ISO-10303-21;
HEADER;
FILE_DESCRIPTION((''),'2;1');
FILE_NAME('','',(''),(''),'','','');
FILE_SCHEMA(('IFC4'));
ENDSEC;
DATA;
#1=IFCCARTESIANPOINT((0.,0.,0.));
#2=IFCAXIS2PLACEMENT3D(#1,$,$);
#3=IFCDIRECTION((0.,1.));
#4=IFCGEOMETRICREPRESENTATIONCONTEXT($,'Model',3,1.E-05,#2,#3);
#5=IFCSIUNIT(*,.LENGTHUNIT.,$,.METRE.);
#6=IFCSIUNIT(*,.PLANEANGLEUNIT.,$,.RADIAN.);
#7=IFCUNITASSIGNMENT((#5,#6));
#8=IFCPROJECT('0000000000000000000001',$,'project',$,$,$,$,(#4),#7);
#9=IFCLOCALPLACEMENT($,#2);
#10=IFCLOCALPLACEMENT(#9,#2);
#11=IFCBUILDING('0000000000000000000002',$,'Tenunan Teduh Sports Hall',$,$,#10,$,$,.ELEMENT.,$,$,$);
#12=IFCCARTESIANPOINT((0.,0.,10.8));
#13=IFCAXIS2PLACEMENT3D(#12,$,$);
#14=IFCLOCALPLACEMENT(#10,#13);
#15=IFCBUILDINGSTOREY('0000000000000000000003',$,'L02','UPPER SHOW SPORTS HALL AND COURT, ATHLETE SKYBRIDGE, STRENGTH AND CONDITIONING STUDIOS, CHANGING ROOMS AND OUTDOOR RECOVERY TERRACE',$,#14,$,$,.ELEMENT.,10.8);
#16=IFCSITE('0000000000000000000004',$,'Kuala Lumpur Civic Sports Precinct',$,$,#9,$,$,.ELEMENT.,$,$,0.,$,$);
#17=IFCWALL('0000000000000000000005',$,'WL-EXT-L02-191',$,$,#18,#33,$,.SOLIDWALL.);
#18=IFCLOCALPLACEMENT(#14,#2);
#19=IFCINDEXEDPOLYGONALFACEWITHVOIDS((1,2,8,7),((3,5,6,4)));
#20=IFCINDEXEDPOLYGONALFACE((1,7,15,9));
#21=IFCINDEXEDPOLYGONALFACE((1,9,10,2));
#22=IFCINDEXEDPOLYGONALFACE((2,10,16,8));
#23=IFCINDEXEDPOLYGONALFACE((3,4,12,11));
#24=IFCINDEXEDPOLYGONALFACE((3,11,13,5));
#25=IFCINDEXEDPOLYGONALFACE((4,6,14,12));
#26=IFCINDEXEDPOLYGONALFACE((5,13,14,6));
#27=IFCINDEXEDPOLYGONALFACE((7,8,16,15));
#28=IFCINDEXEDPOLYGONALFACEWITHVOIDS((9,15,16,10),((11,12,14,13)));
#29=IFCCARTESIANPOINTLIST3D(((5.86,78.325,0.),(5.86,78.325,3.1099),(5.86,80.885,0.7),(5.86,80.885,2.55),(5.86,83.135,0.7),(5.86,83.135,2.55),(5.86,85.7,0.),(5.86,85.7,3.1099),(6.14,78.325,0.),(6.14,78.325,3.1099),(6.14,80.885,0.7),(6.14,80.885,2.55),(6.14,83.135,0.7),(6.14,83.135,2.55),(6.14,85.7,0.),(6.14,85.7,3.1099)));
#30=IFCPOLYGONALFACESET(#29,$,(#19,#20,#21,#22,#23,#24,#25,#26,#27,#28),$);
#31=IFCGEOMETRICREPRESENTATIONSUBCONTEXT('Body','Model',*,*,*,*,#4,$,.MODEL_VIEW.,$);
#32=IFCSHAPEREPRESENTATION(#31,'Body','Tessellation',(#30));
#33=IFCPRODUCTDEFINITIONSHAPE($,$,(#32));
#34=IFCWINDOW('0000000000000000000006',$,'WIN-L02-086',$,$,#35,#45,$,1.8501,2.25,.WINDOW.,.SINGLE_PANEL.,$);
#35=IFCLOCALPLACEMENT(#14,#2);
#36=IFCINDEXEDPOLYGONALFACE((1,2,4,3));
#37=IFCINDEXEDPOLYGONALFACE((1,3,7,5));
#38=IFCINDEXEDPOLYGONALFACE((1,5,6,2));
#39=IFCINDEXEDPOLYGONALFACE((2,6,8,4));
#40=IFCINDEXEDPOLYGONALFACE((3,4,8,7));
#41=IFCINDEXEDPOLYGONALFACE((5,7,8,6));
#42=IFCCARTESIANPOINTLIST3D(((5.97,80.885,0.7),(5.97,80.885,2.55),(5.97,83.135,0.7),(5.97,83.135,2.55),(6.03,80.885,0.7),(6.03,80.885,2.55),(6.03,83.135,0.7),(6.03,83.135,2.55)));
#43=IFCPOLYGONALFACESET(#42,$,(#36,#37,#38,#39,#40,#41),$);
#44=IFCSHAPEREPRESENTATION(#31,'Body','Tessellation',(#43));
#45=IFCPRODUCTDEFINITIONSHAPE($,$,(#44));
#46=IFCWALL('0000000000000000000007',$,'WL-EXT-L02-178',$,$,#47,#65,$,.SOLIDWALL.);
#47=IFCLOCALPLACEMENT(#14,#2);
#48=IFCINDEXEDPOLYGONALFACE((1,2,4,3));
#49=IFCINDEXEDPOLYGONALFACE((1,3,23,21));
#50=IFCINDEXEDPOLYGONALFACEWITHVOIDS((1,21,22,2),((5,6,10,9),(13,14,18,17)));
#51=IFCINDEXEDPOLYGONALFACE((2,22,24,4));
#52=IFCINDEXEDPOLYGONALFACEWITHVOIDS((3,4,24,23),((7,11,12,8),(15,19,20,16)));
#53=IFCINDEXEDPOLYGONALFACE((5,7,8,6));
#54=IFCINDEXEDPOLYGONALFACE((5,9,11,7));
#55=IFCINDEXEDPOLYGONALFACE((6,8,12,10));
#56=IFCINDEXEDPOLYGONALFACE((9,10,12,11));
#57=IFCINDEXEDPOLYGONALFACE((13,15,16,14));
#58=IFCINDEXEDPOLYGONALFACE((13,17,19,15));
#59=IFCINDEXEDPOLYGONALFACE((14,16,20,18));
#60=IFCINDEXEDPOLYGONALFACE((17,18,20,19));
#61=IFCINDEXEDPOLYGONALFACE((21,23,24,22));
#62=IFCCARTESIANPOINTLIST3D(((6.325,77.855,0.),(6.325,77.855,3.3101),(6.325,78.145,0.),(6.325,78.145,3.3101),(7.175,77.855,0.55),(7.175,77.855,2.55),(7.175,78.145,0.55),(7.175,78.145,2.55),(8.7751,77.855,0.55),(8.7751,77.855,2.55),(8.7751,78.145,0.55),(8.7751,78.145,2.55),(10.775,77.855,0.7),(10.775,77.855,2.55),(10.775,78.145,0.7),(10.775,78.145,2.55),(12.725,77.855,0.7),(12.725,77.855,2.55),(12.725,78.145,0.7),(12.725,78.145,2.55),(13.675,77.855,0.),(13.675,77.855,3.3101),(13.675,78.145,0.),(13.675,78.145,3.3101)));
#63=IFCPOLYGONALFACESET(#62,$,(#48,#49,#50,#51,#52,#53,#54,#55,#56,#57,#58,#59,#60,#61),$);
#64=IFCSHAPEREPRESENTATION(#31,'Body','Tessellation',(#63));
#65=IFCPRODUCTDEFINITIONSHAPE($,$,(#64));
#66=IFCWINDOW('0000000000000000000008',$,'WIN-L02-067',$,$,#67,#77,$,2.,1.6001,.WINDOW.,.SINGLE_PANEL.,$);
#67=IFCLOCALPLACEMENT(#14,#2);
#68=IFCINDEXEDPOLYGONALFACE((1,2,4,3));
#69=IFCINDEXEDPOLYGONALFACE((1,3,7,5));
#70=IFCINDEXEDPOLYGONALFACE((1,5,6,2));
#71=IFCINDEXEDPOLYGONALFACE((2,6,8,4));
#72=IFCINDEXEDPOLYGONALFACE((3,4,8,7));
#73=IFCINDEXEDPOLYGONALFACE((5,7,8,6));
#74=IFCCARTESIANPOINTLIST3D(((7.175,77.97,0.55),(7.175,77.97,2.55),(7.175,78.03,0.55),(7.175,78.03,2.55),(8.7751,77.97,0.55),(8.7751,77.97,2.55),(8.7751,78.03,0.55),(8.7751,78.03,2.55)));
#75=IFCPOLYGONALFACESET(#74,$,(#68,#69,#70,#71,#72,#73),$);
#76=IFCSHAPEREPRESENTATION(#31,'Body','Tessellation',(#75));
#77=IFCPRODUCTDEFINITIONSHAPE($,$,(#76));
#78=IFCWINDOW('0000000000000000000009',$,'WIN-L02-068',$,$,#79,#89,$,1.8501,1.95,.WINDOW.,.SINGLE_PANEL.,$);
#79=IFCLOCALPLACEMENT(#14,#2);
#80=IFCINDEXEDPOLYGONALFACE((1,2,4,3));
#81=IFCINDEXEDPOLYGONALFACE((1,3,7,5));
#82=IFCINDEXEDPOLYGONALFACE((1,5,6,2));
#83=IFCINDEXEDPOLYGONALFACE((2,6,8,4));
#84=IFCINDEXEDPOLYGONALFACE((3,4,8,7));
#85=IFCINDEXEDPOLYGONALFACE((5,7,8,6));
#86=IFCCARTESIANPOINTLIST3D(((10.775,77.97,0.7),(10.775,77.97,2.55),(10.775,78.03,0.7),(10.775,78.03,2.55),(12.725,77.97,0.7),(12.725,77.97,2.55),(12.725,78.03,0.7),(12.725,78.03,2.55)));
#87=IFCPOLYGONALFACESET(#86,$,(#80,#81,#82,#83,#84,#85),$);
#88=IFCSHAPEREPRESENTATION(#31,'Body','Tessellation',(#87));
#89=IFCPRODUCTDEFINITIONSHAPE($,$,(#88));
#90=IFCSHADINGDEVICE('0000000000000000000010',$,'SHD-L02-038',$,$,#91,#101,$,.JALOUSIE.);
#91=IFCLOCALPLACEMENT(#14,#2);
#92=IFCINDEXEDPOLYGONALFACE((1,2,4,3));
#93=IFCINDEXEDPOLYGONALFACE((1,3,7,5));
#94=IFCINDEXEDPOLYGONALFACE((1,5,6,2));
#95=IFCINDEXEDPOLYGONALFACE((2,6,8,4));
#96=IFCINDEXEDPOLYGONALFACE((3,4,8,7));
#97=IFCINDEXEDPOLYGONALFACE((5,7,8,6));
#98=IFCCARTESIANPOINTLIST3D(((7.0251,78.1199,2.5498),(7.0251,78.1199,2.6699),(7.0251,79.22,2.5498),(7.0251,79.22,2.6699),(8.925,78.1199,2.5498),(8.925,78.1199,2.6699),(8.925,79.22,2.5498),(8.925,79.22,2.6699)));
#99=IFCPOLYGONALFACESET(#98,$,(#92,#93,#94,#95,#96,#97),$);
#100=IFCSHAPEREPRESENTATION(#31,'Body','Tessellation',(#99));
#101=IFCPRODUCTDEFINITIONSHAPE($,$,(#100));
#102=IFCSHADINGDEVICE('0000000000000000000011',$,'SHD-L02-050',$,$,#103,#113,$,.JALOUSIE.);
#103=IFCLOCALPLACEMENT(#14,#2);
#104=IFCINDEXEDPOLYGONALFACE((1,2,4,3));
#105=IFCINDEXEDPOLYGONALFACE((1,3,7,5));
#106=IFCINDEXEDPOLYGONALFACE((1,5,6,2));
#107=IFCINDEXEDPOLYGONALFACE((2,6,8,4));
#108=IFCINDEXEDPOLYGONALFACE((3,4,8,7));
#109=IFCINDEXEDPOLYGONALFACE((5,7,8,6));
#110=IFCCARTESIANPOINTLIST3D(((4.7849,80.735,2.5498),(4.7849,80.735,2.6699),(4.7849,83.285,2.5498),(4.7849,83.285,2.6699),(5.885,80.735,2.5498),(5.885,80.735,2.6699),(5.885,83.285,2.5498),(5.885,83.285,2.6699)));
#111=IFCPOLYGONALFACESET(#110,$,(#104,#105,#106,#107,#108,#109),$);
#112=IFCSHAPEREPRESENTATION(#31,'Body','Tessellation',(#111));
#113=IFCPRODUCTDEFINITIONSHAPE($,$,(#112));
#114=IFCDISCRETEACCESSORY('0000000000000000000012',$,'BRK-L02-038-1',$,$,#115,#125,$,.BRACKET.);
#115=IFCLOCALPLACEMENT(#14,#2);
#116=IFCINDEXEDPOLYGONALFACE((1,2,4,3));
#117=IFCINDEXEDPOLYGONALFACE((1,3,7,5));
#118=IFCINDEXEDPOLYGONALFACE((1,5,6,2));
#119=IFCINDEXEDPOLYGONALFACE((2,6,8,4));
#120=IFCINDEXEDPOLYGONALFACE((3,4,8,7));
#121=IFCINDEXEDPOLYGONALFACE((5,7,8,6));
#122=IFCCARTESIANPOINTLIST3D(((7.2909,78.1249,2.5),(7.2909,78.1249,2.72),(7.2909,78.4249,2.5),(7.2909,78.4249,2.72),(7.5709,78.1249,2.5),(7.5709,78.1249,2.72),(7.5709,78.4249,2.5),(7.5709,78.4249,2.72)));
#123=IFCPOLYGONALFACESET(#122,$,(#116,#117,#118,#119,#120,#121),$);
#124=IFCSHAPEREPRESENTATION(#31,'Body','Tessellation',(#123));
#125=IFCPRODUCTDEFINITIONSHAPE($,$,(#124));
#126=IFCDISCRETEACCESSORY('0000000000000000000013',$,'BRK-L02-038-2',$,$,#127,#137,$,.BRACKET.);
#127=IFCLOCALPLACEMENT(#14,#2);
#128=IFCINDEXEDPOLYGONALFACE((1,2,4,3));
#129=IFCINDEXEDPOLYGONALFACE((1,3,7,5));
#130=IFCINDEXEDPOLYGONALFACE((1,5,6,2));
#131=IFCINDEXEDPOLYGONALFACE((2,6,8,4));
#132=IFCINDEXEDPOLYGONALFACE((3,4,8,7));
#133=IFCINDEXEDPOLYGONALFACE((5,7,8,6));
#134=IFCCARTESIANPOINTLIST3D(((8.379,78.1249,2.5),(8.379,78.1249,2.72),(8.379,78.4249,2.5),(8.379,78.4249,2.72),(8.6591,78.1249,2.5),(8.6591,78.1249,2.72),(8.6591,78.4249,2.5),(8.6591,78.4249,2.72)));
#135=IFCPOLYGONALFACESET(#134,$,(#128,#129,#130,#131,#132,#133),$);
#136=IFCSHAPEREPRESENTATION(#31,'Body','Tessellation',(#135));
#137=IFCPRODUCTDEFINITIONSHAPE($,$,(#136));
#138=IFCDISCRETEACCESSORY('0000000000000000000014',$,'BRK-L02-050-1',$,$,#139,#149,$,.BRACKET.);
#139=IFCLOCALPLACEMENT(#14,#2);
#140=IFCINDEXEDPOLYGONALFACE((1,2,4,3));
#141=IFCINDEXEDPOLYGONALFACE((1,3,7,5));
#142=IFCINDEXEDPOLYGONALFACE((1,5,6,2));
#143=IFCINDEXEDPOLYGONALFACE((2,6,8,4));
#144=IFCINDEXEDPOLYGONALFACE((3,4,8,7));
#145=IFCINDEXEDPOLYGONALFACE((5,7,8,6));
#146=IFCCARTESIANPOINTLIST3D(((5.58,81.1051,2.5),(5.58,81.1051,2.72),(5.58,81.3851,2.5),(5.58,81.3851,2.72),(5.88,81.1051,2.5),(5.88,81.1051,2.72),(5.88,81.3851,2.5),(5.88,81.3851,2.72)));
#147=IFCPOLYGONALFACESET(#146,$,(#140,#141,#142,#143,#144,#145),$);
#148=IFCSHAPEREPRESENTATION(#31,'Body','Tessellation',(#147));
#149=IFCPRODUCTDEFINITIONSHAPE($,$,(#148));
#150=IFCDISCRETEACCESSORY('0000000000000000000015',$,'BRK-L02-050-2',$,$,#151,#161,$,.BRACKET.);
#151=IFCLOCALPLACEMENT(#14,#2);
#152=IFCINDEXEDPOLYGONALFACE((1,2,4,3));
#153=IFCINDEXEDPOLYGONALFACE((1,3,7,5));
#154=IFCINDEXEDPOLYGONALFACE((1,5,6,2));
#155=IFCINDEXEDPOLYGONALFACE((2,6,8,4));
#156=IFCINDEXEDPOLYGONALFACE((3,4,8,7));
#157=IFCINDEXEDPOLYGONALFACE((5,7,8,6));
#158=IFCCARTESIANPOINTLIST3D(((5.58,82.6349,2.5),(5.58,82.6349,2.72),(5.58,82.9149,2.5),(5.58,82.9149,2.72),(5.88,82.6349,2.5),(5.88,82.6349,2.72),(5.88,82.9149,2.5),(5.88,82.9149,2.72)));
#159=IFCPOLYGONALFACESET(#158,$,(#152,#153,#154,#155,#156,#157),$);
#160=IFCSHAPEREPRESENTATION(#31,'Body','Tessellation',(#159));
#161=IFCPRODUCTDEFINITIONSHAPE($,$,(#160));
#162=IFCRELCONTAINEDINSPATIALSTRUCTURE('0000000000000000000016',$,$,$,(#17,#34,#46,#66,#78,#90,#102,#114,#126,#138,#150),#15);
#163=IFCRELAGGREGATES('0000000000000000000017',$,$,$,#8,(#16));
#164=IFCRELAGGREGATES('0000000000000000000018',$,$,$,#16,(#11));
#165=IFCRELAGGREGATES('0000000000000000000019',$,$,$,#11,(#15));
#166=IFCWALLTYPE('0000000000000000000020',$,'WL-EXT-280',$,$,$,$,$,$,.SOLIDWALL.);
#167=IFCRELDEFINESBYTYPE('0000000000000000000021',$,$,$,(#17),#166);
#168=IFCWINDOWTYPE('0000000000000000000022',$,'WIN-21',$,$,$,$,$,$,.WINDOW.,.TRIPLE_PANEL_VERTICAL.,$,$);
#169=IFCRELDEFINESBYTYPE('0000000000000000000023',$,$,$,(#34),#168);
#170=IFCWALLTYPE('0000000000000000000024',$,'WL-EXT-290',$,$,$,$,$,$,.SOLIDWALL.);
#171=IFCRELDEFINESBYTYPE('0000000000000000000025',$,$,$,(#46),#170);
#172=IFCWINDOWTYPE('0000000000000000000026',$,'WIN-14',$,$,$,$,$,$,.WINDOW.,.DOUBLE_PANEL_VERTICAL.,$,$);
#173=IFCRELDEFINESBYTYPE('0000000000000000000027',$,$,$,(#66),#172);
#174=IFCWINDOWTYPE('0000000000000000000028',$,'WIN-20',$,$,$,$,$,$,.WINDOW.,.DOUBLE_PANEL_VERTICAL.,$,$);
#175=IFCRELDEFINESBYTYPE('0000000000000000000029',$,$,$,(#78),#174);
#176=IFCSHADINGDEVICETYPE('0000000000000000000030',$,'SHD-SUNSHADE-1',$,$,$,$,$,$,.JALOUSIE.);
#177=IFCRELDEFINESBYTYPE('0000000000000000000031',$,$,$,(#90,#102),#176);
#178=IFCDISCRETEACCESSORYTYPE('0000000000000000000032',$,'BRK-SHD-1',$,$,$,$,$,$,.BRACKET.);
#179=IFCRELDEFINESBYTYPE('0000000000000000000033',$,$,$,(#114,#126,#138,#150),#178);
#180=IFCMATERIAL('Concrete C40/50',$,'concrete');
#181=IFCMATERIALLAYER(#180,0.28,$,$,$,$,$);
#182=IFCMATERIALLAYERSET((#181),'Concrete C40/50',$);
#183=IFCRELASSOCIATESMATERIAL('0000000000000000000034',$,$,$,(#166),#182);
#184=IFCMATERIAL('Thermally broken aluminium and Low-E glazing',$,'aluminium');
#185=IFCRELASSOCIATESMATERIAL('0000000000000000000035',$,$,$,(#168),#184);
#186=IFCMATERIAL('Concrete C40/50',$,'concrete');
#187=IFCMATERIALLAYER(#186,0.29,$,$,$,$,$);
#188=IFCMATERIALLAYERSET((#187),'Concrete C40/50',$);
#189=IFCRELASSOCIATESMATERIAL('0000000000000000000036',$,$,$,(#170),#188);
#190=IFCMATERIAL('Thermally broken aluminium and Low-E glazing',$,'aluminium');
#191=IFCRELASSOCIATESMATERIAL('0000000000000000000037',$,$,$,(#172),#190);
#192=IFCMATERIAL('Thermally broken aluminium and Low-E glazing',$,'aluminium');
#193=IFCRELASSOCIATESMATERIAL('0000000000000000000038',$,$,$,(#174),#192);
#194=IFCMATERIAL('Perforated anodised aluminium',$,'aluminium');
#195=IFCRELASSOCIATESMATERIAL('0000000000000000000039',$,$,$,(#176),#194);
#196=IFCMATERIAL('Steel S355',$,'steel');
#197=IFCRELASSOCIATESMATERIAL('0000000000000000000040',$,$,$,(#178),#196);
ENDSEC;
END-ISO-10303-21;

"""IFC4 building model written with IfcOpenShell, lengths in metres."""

from ifc_helpers import new_model, si_unit, direction, frame, frame_2d, origin, origin_2d, place, context, subcontext, project, spatial, rectangle, extrude, material, layer, layer_set, type_object, element, fill, save


model = new_model("IFC4")

# Units and contexts
model_context = context("Model", 3, precision=1e-05, world=origin(), true_north=direction((0.0, 1.0)))
body_context = subcontext(model_context, "Body", "Model", "MODEL_VIEW")
ifc_project = project(units=[si_unit("LENGTHUNIT", "METRE"), si_unit("PLANEANGLEUNIT", "RADIAN")], contexts=[model_context])

# Site, building, storey
site_placement = place(None, origin())
site = spatial("IfcSite", under=ifc_project, at=site_placement, Name="Kuala Lumpur Civic Sports Precinct", CompositionType="ELEMENT", RefElevation=0.0)
building_placement = place(site_placement, origin())
building = spatial("IfcBuilding", under=site, at=building_placement, Name="Tenunan Teduh Sports Hall", CompositionType="ELEMENT")
storey_placement = place(building_placement, frame((0.0, 0.0, 10.8)))
storey = spatial("IfcBuildingStorey", under=building, at=storey_placement, Name="L02", Description="UPPER SHOW SPORTS HALL AND COURT, ATHLETE SKYBRIDGE, STRENGTH AND CONDITIONING STUDIOS, CHANGING ROOMS AND OUTDOOR RECOVERY TERRACE", CompositionType="ELEMENT", Elevation=10.8)

# Wall, opening, window
ifc_material_1 = material(Name="Concrete C40/50", Category="concrete")
ifc_layer_1 = layer(ifc_material_1, 0.28)
ifc_layer_set_1 = layer_set([ifc_layer_1], Name="Concrete C40/50")
wall_type_1 = type_object("IfcWallType", Name="WL-EXT-280", PredefinedType="SOLIDWALL", material=ifc_layer_set_1)
wall_1_placement = place(storey_placement, frame((6.0, 78.325, 0.0), z_axis=(0.0, 0.0, 1.0), x_axis=(0.0, 1.0, 0.0)))
wall_1 = element("IfcWall", 1, at=wall_1_placement, inside=storey, type_object=wall_type_1, Name="WL-EXT-L02-191", PredefinedType="SOLIDWALL", context=body_context, shape_type="SweptSolid", body=[
    extrude(rectangle(XDim=7.375, YDim=0.28, at=frame_2d((3.6875, 0.0))), origin(), (0.0, 0.0, 1.0), 3.1099),
])
opening_1_placement = place(wall_1_placement, frame((2.5601, 0.0, 0.7)))
opening_1 = element("IfcOpeningElement", 2, at=opening_1_placement, cuts=wall_1, PredefinedType="OPENING", context=body_context, shape_type="SweptSolid", body=[
    extrude(rectangle(XDim=2.25, YDim=1.8501, at=frame_2d((1.125, 0.925))), frame((0.0, 0.1499, 0.0), z_axis=(0.0, -1.0, 0.0), x_axis=(1.0, 0.0, 0.0)), (0.0, 0.0, 1.0), 0.3),
])
ifc_material_2 = material(Name="Thermally broken aluminium and Low-E glazing", Category="aluminium")
window_type_1 = type_object("IfcWindowType", Name="WIN-21", PartitioningType="TRIPLE_PANEL_VERTICAL", PredefinedType="WINDOW", material=ifc_material_2)
window_1_placement = place(opening_1_placement, origin())
window_1 = element("IfcWindow", 3, at=window_1_placement, inside=storey, type_object=window_type_1, Name="WIN-L02-086", OverallHeight=1.8501, OverallWidth=2.25, PartitioningType="SINGLE_PANEL", PredefinedType="WINDOW", context=body_context, shape_type="SweptSolid", body=[
    extrude(rectangle(XDim=2.25, YDim=1.8501, at=frame_2d((1.125, 0.925))), frame((0.0, 0.03, 0.0), z_axis=(0.0, -1.0, 0.0), x_axis=(1.0, 0.0, 0.0)), (0.0, 0.0, 1.0), 0.0601),
])
fill(opening_1, window_1)

# Wall, openings, windows
ifc_material_3 = material(Name="Concrete C40/50", Category="concrete")
ifc_layer_2 = layer(ifc_material_3, 0.29)
ifc_layer_set_2 = layer_set([ifc_layer_2], Name="Concrete C40/50")
wall_type_2 = type_object("IfcWallType", Name="WL-EXT-290", PredefinedType="SOLIDWALL", material=ifc_layer_set_2)
wall_2_placement = place(storey_placement, frame((6.325, 78.0, 0.0), z_axis=(0.0, 0.0, 1.0), x_axis=(1.0, 0.0, 0.0)))
wall_2 = element("IfcWall", 4, at=wall_2_placement, inside=storey, type_object=wall_type_2, Name="WL-EXT-L02-178", PredefinedType="SOLIDWALL", context=body_context, shape_type="SweptSolid", body=[
    extrude(rectangle(XDim=7.3501, YDim=0.29, at=frame_2d((3.675, 0.0))), origin(), (0.0, 0.0, 1.0), 3.3101),
])
opening_2_placement = place(wall_2_placement, frame((0.8501, 0.0, 0.55)))
opening_2 = element("IfcOpeningElement", 5, at=opening_2_placement, cuts=wall_2, PredefinedType="OPENING", context=body_context, shape_type="SweptSolid", body=[
    extrude(rectangle(XDim=1.6001, YDim=2.0, at=frame_2d((0.8, 1.0))), frame((0.0, 0.155, 0.0), z_axis=(0.0, -1.0, 0.0), x_axis=(1.0, 0.0, 0.0)), (0.0, 0.0, 1.0), 0.3101),
])
opening_3_placement = place(wall_2_placement, frame((4.45, 0.0, 0.7)))
opening_3 = element("IfcOpeningElement", 6, at=opening_3_placement, cuts=wall_2, PredefinedType="OPENING", context=body_context, shape_type="SweptSolid", body=[
    extrude(rectangle(XDim=1.95, YDim=1.8501, at=frame_2d((0.9751, 0.925))), frame((0.0, 0.155, 0.0), z_axis=(0.0, -1.0, 0.0), x_axis=(1.0, 0.0, 0.0)), (0.0, 0.0, 1.0), 0.3101),
])
ifc_material_4 = material(Name="Thermally broken aluminium and Low-E glazing", Category="aluminium")
window_type_2 = type_object("IfcWindowType", Name="WIN-14", PartitioningType="DOUBLE_PANEL_VERTICAL", PredefinedType="WINDOW", material=ifc_material_4)
window_2_placement = place(opening_2_placement, origin())
window_2 = element("IfcWindow", 7, at=window_2_placement, inside=storey, type_object=window_type_2, Name="WIN-L02-067", OverallHeight=2.0, OverallWidth=1.6001, PartitioningType="SINGLE_PANEL", PredefinedType="WINDOW", context=body_context, shape_type="SweptSolid", body=[
    extrude(rectangle(XDim=1.6001, YDim=2.0, at=frame_2d((0.8, 1.0))), frame((0.0, 0.03, 0.0), z_axis=(0.0, -1.0, 0.0), x_axis=(1.0, 0.0, 0.0)), (0.0, 0.0, 1.0), 0.0601),
])
fill(opening_2, window_2)
ifc_material_5 = material(Name="Thermally broken aluminium and Low-E glazing", Category="aluminium")
window_type_3 = type_object("IfcWindowType", Name="WIN-20", PartitioningType="DOUBLE_PANEL_VERTICAL", PredefinedType="WINDOW", material=ifc_material_5)
window_3_placement = place(opening_3_placement, origin())
window_3 = element("IfcWindow", 8, at=window_3_placement, inside=storey, type_object=window_type_3, Name="WIN-L02-068", OverallHeight=1.8501, OverallWidth=1.95, PartitioningType="SINGLE_PANEL", PredefinedType="WINDOW", context=body_context, shape_type="SweptSolid", body=[
    extrude(rectangle(XDim=1.95, YDim=1.8501, at=frame_2d((0.9751, 0.925))), frame((0.0, 0.03, 0.0), z_axis=(0.0, -1.0, 0.0), x_axis=(1.0, 0.0, 0.0)), (0.0, 0.0, 1.0), 0.0601),
])
fill(opening_3, window_3)

# Shading devices
ifc_material_6 = material(Name="Perforated anodised aluminium", Category="aluminium")
shading_device_type = type_object("IfcShadingDeviceType", Name="SHD-SUNSHADE-1", PredefinedType="JALOUSIE", material=ifc_material_6)
shading_device_1_placement = place(storey_placement, frame((7.9751, 78.6699, 2.5498), z_axis=(0.0, 0.0, 1.0), x_axis=(1.0, 0.0, 0.0)))
element("IfcShadingDevice", 9, at=shading_device_1_placement, inside=storey, type_object=shading_device_type, Name="SHD-L02-038", PredefinedType="JALOUSIE", context=body_context, shape_type="SweptSolid", body=[
    extrude(rectangle(XDim=1.8999, YDim=1.1001, at=origin_2d()), origin(), (0.0, 0.0, 1.0), 0.1201),
])
shading_device_2_placement = place(storey_placement, frame((5.335, 82.01, 2.5498), z_axis=(0.0, 0.0, 1.0), x_axis=(0.0, 1.0, 0.0)))
element("IfcShadingDevice", 10, at=shading_device_2_placement, inside=storey, type_object=shading_device_type, Name="SHD-L02-050", PredefinedType="JALOUSIE", context=body_context, shape_type="SweptSolid", body=[
    extrude(rectangle(XDim=2.55, YDim=1.1001, at=origin_2d()), origin(), (0.0, 0.0, 1.0), 0.1201),
])

# Discrete accessories
ifc_material_7 = material(Name="Steel S355", Category="steel")
discrete_accessory_type = type_object("IfcDiscreteAccessoryType", Name="BRK-SHD-1", PredefinedType="BRACKET", material=ifc_material_7)
for number, where, z_axis, x_axis, name in (
    (11, (7.4309, 78.2749, 2.5), (0.0, 0.0, 1.0), (1.0, 0.0, 0.0), "BRK-L02-038-1"),
    (12, (8.519, 78.2749, 2.5), (0.0, 0.0, 1.0), (1.0, 0.0, 0.0), "BRK-L02-038-2"),
    (13, (5.73, 81.2451, 2.5), (0.0, 0.0, 1.0), (0.0, 1.0, 0.0), "BRK-L02-050-1"),
    (14, (5.73, 82.7749, 2.5), (0.0, 0.0, 1.0), (0.0, 1.0, 0.0), "BRK-L02-050-2"),
):
    element("IfcDiscreteAccessory", number, at=place(storey_placement, frame(where, z_axis=z_axis, x_axis=x_axis)), inside=storey, type_object=discrete_accessory_type, Name=name, PredefinedType="BRACKET", context=body_context, shape_type="SweptSolid", body=[
        extrude(rectangle(XDim=0.28, YDim=0.3, at=origin_2d()), origin(), (0.0, 0.0, 1.0), 0.22),
    ])

save(model, "model.ifc")
